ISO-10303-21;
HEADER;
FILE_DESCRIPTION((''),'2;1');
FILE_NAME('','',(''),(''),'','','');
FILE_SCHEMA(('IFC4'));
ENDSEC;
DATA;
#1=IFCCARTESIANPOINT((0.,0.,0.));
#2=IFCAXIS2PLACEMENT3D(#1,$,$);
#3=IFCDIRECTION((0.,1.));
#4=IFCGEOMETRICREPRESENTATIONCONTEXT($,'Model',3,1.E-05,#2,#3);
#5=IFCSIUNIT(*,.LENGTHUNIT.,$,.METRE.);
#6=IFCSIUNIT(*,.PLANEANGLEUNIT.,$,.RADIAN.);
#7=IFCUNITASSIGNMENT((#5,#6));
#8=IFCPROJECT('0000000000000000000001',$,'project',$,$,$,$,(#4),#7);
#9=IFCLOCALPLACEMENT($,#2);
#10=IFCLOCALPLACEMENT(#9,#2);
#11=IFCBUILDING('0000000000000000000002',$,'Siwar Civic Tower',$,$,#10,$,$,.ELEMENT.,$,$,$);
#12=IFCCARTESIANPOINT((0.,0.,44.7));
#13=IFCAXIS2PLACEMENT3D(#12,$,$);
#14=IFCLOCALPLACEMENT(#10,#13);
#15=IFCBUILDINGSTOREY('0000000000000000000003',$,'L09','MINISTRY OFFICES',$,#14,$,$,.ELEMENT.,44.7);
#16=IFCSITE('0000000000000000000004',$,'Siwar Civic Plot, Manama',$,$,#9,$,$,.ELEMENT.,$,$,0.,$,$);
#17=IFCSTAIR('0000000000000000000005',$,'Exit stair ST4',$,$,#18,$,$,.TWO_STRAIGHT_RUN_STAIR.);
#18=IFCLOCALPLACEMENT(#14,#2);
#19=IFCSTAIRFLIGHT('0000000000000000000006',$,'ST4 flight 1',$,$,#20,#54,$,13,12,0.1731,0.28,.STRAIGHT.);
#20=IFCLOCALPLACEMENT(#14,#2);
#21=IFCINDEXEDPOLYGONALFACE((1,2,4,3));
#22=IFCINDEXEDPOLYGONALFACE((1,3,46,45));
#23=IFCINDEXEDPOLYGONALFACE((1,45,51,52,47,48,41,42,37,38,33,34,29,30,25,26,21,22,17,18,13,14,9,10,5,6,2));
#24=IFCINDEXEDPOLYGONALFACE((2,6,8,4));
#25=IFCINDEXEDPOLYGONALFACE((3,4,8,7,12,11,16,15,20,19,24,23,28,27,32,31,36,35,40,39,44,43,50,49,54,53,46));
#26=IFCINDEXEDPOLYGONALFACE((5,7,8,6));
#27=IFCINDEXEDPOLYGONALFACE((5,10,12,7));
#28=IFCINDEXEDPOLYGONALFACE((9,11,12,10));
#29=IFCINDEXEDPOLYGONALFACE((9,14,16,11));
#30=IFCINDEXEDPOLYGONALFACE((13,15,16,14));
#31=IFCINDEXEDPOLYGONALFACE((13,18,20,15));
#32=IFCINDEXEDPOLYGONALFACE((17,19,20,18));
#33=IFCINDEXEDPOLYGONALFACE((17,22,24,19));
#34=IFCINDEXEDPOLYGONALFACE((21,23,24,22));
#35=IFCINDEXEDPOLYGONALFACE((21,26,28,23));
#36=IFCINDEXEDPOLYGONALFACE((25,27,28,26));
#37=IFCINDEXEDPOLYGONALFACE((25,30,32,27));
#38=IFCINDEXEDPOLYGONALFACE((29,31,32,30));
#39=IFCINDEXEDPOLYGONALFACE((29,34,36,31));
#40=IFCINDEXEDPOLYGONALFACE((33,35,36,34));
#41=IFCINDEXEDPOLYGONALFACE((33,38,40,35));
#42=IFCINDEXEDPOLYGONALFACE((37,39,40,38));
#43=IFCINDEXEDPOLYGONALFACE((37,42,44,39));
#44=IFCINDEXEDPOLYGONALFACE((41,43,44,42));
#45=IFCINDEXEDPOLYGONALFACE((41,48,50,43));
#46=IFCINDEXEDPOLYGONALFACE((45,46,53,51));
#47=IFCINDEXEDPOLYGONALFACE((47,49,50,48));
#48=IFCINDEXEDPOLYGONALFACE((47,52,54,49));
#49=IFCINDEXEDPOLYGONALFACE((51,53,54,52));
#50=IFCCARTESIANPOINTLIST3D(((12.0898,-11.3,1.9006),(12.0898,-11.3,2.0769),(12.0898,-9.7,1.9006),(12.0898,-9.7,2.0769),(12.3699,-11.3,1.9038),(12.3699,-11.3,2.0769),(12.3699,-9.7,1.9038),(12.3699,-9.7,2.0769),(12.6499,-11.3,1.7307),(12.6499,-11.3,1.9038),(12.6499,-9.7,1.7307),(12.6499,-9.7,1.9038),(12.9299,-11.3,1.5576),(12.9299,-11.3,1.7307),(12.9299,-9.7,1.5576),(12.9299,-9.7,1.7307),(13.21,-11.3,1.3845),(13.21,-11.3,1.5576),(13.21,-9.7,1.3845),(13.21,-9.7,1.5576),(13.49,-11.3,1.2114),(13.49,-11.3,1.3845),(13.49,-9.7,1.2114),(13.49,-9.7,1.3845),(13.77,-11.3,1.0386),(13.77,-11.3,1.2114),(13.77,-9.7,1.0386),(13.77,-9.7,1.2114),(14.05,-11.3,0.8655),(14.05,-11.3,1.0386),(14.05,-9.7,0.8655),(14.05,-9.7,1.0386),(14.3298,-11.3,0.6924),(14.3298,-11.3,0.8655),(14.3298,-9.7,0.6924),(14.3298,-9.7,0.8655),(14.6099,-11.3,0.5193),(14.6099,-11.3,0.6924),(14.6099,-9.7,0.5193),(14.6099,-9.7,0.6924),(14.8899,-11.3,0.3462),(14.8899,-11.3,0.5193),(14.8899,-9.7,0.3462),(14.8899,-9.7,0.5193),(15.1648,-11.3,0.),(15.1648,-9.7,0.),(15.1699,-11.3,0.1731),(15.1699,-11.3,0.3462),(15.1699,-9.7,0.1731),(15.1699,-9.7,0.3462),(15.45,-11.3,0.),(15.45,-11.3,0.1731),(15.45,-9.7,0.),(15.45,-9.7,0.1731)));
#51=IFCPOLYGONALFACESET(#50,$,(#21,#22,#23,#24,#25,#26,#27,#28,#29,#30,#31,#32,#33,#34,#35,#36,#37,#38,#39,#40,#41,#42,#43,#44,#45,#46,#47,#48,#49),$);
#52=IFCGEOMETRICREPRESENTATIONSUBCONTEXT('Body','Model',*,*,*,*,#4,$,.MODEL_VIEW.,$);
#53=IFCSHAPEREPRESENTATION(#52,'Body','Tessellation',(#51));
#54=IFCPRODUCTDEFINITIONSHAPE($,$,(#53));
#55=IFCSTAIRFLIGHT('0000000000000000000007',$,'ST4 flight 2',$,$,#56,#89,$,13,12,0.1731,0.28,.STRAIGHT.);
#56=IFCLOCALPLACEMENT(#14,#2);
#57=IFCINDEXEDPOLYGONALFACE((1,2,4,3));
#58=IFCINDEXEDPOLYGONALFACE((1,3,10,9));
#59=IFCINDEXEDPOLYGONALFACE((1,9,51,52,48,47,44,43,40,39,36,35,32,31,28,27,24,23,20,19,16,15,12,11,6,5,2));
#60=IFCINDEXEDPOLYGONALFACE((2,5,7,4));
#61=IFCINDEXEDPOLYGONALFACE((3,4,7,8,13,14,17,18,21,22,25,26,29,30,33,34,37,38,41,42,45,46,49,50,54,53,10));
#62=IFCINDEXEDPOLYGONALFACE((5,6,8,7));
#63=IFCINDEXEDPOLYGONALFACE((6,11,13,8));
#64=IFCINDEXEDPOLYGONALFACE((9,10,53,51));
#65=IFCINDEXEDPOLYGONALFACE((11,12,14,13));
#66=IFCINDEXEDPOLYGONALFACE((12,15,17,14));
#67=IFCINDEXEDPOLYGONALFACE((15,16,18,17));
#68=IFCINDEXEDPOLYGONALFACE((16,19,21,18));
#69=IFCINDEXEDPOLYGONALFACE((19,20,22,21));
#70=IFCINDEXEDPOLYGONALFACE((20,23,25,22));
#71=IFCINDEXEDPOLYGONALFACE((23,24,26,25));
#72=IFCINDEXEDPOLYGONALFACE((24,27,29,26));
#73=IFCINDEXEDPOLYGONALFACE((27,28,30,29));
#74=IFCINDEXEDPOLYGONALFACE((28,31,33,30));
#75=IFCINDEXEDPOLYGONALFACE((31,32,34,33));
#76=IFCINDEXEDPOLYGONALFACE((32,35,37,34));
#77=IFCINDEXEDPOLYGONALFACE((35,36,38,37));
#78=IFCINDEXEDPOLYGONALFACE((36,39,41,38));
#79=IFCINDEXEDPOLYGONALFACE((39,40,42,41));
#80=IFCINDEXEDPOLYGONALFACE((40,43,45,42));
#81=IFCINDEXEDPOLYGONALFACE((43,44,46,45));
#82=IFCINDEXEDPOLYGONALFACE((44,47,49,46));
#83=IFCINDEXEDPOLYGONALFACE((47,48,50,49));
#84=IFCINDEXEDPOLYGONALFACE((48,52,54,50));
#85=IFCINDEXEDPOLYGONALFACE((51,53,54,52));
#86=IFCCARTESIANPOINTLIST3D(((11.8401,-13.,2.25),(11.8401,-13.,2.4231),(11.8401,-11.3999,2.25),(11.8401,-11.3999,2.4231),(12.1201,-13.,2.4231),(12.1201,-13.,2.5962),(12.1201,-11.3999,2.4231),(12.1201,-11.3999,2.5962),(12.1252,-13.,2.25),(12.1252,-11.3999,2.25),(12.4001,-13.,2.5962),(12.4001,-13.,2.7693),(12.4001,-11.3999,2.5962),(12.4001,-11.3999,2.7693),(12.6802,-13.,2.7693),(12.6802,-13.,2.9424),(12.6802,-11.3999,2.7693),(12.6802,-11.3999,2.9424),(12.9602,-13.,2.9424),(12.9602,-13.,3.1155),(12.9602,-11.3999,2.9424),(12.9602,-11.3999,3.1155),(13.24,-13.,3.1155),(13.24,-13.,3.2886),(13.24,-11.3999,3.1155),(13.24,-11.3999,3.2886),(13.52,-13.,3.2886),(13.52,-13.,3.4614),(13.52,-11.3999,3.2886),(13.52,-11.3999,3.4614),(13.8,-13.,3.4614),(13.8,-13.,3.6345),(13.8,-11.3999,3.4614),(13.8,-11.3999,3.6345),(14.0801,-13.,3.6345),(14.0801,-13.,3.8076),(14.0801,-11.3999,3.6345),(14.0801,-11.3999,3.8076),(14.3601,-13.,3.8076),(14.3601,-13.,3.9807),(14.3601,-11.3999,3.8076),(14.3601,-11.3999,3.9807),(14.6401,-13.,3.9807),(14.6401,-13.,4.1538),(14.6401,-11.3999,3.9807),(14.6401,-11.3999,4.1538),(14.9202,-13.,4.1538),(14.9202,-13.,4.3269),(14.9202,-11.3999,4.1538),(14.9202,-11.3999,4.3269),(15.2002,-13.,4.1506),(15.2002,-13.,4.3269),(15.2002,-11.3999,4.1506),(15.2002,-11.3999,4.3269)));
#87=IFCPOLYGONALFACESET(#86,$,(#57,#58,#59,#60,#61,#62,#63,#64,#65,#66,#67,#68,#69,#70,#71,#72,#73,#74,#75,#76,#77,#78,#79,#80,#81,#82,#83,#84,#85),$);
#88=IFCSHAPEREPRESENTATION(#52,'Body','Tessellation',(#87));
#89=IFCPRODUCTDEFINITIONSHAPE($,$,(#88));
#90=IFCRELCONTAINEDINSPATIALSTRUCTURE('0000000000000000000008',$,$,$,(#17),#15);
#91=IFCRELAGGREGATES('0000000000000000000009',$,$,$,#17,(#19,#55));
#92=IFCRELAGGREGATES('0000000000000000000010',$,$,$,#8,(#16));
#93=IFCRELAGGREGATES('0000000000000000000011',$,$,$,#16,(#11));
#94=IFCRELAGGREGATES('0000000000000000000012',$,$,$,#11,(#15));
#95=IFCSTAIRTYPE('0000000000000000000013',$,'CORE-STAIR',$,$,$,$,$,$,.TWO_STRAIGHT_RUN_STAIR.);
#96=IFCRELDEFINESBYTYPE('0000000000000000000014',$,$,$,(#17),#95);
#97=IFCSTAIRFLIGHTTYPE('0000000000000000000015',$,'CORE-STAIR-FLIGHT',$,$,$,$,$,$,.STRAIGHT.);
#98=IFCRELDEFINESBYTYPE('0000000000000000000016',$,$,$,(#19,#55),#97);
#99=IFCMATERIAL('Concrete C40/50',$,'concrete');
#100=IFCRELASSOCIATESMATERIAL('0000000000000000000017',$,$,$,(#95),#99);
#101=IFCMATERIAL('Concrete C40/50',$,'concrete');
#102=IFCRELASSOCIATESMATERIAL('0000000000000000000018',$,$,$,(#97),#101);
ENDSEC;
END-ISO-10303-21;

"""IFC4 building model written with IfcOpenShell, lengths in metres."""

from ifc_helpers import new_model, si_unit, direction, frame, origin, place, context, subcontext, project, spatial, polyline, outline, extrude, material, type_object, element, aggregate, save


model = new_model("IFC4")

# Units and contexts
model_context = context("Model", 3, precision=1e-05, world=origin(), true_north=direction((0.0, 1.0)))
body_context = subcontext(model_context, "Body", "Model", "MODEL_VIEW")
ifc_project = project(units=[si_unit("LENGTHUNIT", "METRE"), si_unit("PLANEANGLEUNIT", "RADIAN")], contexts=[model_context])

# Site, building, storey
site_placement = place(None, origin())
site = spatial("IfcSite", under=ifc_project, at=site_placement, Name="Siwar Civic Plot, Manama", CompositionType="ELEMENT", RefElevation=0.0)
building_placement = place(site_placement, origin())
building = spatial("IfcBuilding", under=site, at=building_placement, Name="Siwar Civic Tower", CompositionType="ELEMENT")
storey_placement = place(building_placement, frame((0.0, 0.0, 44.7)))
storey = spatial("IfcBuildingStorey", under=building, at=storey_placement, Name="L09", Description="MINISTRY OFFICES", CompositionType="ELEMENT", Elevation=44.7)

# Stair, stair flights
ifc_material_1 = material(Name="Concrete C40/50", Category="concrete")
stair_type = type_object("IfcStairType", Name="CORE-STAIR", PredefinedType="TWO_STRAIGHT_RUN_STAIR", material=ifc_material_1)
stair_placement = place(storey_placement, origin())
stair = element("IfcStair", 1, at=stair_placement, inside=storey, type_object=stair_type, Name="Exit stair ST4", PredefinedType="TWO_STRAIGHT_RUN_STAIR")
ifc_material_2 = material(Name="Concrete C40/50", Category="concrete")
stair_flight_type = type_object("IfcStairFlightType", Name="CORE-STAIR-FLIGHT", PredefinedType="STRAIGHT", material=ifc_material_2)
stair_flight_1_placement = place(storey_placement, frame((15.45, -10.5, 0.0), z_axis=(0.0, 0.0, 1.0), x_axis=(-1.0, 0.0, 0.0)))
stair_flight_1 = element("IfcStairFlight", 2, at=stair_flight_1_placement, type_object=stair_flight_type, Name="ST4 flight 1", NumberOfRisers=13, NumberOfTreads=12, PredefinedType="STRAIGHT", RiserHeight=0.1731, TreadLength=0.28, context=body_context, shape_type="SweptSolid", body=[
    extrude(outline(polyline([(0.0, 0.0), (0.0, 0.1731), (0.28, 0.1731), (0.28, 0.3462), (0.5601, 0.3462), (0.5601, 0.5193), (0.8401, 0.5193), (0.8401, 0.6924), (1.1201, 0.6924), (1.1201, 0.8655), (1.3999, 0.8655), (1.3999, 1.0386), (1.6799, 1.0386), (1.6799, 1.2114), (1.96, 1.2114), (1.96, 1.3845), (2.24, 1.3845), (2.24, 1.5576), (2.52, 1.5576), (2.52, 1.7307), (2.8, 1.7307), (2.8, 1.9038), (3.0801, 1.9038), (3.0801, 2.0769), (3.3601, 2.0769), (3.3601, 2.25), (3.3601, 1.9006), (0.2852, 0.0), (0.0, 0.0)])), frame((0.0, 0.8, 0.0), z_axis=(0.0, -1.0, 0.0), x_axis=(1.0, 0.0, 0.0)), (0.0, 0.0, 1.0), 1.6001),
])
stair_flight_2_placement = place(storey_placement, frame((11.8401, -12.2, 2.25), z_axis=(0.0, 0.0, 1.0), x_axis=(1.0, 0.0, 0.0)))
stair_flight_2 = element("IfcStairFlight", 3, at=stair_flight_2_placement, type_object=stair_flight_type, Name="ST4 flight 2", NumberOfRisers=13, NumberOfTreads=12, PredefinedType="STRAIGHT", RiserHeight=0.1731, TreadLength=0.28, context=body_context, shape_type="SweptSolid", body=[
    extrude(outline(polyline([(0.0, 0.0), (0.0, 0.1731), (0.28, 0.1731), (0.28, 0.3462), (0.5601, 0.3462), (0.5601, 0.5193), (0.8401, 0.5193), (0.8401, 0.6924), (1.1201, 0.6924), (1.1201, 0.8655), (1.3999, 0.8655), (1.3999, 1.0386), (1.6799, 1.0386), (1.6799, 1.2114), (1.96, 1.2114), (1.96, 1.3845), (2.24, 1.3845), (2.24, 1.5576), (2.52, 1.5576), (2.52, 1.7307), (2.8, 1.7307), (2.8, 1.9038), (3.0801, 1.9038), (3.0801, 2.0769), (3.3601, 2.0769), (3.3601, 2.25), (3.3601, 1.9006), (0.2852, 0.0), (0.0, 0.0)])), frame((0.0, 0.8, 0.0), z_axis=(0.0, -1.0, 0.0), x_axis=(1.0, 0.0, 0.0)), (0.0, 0.0, 1.0), 1.6001),
])
aggregate(stair, [stair_flight_1, stair_flight_2])

save(model, "model.ifc")
